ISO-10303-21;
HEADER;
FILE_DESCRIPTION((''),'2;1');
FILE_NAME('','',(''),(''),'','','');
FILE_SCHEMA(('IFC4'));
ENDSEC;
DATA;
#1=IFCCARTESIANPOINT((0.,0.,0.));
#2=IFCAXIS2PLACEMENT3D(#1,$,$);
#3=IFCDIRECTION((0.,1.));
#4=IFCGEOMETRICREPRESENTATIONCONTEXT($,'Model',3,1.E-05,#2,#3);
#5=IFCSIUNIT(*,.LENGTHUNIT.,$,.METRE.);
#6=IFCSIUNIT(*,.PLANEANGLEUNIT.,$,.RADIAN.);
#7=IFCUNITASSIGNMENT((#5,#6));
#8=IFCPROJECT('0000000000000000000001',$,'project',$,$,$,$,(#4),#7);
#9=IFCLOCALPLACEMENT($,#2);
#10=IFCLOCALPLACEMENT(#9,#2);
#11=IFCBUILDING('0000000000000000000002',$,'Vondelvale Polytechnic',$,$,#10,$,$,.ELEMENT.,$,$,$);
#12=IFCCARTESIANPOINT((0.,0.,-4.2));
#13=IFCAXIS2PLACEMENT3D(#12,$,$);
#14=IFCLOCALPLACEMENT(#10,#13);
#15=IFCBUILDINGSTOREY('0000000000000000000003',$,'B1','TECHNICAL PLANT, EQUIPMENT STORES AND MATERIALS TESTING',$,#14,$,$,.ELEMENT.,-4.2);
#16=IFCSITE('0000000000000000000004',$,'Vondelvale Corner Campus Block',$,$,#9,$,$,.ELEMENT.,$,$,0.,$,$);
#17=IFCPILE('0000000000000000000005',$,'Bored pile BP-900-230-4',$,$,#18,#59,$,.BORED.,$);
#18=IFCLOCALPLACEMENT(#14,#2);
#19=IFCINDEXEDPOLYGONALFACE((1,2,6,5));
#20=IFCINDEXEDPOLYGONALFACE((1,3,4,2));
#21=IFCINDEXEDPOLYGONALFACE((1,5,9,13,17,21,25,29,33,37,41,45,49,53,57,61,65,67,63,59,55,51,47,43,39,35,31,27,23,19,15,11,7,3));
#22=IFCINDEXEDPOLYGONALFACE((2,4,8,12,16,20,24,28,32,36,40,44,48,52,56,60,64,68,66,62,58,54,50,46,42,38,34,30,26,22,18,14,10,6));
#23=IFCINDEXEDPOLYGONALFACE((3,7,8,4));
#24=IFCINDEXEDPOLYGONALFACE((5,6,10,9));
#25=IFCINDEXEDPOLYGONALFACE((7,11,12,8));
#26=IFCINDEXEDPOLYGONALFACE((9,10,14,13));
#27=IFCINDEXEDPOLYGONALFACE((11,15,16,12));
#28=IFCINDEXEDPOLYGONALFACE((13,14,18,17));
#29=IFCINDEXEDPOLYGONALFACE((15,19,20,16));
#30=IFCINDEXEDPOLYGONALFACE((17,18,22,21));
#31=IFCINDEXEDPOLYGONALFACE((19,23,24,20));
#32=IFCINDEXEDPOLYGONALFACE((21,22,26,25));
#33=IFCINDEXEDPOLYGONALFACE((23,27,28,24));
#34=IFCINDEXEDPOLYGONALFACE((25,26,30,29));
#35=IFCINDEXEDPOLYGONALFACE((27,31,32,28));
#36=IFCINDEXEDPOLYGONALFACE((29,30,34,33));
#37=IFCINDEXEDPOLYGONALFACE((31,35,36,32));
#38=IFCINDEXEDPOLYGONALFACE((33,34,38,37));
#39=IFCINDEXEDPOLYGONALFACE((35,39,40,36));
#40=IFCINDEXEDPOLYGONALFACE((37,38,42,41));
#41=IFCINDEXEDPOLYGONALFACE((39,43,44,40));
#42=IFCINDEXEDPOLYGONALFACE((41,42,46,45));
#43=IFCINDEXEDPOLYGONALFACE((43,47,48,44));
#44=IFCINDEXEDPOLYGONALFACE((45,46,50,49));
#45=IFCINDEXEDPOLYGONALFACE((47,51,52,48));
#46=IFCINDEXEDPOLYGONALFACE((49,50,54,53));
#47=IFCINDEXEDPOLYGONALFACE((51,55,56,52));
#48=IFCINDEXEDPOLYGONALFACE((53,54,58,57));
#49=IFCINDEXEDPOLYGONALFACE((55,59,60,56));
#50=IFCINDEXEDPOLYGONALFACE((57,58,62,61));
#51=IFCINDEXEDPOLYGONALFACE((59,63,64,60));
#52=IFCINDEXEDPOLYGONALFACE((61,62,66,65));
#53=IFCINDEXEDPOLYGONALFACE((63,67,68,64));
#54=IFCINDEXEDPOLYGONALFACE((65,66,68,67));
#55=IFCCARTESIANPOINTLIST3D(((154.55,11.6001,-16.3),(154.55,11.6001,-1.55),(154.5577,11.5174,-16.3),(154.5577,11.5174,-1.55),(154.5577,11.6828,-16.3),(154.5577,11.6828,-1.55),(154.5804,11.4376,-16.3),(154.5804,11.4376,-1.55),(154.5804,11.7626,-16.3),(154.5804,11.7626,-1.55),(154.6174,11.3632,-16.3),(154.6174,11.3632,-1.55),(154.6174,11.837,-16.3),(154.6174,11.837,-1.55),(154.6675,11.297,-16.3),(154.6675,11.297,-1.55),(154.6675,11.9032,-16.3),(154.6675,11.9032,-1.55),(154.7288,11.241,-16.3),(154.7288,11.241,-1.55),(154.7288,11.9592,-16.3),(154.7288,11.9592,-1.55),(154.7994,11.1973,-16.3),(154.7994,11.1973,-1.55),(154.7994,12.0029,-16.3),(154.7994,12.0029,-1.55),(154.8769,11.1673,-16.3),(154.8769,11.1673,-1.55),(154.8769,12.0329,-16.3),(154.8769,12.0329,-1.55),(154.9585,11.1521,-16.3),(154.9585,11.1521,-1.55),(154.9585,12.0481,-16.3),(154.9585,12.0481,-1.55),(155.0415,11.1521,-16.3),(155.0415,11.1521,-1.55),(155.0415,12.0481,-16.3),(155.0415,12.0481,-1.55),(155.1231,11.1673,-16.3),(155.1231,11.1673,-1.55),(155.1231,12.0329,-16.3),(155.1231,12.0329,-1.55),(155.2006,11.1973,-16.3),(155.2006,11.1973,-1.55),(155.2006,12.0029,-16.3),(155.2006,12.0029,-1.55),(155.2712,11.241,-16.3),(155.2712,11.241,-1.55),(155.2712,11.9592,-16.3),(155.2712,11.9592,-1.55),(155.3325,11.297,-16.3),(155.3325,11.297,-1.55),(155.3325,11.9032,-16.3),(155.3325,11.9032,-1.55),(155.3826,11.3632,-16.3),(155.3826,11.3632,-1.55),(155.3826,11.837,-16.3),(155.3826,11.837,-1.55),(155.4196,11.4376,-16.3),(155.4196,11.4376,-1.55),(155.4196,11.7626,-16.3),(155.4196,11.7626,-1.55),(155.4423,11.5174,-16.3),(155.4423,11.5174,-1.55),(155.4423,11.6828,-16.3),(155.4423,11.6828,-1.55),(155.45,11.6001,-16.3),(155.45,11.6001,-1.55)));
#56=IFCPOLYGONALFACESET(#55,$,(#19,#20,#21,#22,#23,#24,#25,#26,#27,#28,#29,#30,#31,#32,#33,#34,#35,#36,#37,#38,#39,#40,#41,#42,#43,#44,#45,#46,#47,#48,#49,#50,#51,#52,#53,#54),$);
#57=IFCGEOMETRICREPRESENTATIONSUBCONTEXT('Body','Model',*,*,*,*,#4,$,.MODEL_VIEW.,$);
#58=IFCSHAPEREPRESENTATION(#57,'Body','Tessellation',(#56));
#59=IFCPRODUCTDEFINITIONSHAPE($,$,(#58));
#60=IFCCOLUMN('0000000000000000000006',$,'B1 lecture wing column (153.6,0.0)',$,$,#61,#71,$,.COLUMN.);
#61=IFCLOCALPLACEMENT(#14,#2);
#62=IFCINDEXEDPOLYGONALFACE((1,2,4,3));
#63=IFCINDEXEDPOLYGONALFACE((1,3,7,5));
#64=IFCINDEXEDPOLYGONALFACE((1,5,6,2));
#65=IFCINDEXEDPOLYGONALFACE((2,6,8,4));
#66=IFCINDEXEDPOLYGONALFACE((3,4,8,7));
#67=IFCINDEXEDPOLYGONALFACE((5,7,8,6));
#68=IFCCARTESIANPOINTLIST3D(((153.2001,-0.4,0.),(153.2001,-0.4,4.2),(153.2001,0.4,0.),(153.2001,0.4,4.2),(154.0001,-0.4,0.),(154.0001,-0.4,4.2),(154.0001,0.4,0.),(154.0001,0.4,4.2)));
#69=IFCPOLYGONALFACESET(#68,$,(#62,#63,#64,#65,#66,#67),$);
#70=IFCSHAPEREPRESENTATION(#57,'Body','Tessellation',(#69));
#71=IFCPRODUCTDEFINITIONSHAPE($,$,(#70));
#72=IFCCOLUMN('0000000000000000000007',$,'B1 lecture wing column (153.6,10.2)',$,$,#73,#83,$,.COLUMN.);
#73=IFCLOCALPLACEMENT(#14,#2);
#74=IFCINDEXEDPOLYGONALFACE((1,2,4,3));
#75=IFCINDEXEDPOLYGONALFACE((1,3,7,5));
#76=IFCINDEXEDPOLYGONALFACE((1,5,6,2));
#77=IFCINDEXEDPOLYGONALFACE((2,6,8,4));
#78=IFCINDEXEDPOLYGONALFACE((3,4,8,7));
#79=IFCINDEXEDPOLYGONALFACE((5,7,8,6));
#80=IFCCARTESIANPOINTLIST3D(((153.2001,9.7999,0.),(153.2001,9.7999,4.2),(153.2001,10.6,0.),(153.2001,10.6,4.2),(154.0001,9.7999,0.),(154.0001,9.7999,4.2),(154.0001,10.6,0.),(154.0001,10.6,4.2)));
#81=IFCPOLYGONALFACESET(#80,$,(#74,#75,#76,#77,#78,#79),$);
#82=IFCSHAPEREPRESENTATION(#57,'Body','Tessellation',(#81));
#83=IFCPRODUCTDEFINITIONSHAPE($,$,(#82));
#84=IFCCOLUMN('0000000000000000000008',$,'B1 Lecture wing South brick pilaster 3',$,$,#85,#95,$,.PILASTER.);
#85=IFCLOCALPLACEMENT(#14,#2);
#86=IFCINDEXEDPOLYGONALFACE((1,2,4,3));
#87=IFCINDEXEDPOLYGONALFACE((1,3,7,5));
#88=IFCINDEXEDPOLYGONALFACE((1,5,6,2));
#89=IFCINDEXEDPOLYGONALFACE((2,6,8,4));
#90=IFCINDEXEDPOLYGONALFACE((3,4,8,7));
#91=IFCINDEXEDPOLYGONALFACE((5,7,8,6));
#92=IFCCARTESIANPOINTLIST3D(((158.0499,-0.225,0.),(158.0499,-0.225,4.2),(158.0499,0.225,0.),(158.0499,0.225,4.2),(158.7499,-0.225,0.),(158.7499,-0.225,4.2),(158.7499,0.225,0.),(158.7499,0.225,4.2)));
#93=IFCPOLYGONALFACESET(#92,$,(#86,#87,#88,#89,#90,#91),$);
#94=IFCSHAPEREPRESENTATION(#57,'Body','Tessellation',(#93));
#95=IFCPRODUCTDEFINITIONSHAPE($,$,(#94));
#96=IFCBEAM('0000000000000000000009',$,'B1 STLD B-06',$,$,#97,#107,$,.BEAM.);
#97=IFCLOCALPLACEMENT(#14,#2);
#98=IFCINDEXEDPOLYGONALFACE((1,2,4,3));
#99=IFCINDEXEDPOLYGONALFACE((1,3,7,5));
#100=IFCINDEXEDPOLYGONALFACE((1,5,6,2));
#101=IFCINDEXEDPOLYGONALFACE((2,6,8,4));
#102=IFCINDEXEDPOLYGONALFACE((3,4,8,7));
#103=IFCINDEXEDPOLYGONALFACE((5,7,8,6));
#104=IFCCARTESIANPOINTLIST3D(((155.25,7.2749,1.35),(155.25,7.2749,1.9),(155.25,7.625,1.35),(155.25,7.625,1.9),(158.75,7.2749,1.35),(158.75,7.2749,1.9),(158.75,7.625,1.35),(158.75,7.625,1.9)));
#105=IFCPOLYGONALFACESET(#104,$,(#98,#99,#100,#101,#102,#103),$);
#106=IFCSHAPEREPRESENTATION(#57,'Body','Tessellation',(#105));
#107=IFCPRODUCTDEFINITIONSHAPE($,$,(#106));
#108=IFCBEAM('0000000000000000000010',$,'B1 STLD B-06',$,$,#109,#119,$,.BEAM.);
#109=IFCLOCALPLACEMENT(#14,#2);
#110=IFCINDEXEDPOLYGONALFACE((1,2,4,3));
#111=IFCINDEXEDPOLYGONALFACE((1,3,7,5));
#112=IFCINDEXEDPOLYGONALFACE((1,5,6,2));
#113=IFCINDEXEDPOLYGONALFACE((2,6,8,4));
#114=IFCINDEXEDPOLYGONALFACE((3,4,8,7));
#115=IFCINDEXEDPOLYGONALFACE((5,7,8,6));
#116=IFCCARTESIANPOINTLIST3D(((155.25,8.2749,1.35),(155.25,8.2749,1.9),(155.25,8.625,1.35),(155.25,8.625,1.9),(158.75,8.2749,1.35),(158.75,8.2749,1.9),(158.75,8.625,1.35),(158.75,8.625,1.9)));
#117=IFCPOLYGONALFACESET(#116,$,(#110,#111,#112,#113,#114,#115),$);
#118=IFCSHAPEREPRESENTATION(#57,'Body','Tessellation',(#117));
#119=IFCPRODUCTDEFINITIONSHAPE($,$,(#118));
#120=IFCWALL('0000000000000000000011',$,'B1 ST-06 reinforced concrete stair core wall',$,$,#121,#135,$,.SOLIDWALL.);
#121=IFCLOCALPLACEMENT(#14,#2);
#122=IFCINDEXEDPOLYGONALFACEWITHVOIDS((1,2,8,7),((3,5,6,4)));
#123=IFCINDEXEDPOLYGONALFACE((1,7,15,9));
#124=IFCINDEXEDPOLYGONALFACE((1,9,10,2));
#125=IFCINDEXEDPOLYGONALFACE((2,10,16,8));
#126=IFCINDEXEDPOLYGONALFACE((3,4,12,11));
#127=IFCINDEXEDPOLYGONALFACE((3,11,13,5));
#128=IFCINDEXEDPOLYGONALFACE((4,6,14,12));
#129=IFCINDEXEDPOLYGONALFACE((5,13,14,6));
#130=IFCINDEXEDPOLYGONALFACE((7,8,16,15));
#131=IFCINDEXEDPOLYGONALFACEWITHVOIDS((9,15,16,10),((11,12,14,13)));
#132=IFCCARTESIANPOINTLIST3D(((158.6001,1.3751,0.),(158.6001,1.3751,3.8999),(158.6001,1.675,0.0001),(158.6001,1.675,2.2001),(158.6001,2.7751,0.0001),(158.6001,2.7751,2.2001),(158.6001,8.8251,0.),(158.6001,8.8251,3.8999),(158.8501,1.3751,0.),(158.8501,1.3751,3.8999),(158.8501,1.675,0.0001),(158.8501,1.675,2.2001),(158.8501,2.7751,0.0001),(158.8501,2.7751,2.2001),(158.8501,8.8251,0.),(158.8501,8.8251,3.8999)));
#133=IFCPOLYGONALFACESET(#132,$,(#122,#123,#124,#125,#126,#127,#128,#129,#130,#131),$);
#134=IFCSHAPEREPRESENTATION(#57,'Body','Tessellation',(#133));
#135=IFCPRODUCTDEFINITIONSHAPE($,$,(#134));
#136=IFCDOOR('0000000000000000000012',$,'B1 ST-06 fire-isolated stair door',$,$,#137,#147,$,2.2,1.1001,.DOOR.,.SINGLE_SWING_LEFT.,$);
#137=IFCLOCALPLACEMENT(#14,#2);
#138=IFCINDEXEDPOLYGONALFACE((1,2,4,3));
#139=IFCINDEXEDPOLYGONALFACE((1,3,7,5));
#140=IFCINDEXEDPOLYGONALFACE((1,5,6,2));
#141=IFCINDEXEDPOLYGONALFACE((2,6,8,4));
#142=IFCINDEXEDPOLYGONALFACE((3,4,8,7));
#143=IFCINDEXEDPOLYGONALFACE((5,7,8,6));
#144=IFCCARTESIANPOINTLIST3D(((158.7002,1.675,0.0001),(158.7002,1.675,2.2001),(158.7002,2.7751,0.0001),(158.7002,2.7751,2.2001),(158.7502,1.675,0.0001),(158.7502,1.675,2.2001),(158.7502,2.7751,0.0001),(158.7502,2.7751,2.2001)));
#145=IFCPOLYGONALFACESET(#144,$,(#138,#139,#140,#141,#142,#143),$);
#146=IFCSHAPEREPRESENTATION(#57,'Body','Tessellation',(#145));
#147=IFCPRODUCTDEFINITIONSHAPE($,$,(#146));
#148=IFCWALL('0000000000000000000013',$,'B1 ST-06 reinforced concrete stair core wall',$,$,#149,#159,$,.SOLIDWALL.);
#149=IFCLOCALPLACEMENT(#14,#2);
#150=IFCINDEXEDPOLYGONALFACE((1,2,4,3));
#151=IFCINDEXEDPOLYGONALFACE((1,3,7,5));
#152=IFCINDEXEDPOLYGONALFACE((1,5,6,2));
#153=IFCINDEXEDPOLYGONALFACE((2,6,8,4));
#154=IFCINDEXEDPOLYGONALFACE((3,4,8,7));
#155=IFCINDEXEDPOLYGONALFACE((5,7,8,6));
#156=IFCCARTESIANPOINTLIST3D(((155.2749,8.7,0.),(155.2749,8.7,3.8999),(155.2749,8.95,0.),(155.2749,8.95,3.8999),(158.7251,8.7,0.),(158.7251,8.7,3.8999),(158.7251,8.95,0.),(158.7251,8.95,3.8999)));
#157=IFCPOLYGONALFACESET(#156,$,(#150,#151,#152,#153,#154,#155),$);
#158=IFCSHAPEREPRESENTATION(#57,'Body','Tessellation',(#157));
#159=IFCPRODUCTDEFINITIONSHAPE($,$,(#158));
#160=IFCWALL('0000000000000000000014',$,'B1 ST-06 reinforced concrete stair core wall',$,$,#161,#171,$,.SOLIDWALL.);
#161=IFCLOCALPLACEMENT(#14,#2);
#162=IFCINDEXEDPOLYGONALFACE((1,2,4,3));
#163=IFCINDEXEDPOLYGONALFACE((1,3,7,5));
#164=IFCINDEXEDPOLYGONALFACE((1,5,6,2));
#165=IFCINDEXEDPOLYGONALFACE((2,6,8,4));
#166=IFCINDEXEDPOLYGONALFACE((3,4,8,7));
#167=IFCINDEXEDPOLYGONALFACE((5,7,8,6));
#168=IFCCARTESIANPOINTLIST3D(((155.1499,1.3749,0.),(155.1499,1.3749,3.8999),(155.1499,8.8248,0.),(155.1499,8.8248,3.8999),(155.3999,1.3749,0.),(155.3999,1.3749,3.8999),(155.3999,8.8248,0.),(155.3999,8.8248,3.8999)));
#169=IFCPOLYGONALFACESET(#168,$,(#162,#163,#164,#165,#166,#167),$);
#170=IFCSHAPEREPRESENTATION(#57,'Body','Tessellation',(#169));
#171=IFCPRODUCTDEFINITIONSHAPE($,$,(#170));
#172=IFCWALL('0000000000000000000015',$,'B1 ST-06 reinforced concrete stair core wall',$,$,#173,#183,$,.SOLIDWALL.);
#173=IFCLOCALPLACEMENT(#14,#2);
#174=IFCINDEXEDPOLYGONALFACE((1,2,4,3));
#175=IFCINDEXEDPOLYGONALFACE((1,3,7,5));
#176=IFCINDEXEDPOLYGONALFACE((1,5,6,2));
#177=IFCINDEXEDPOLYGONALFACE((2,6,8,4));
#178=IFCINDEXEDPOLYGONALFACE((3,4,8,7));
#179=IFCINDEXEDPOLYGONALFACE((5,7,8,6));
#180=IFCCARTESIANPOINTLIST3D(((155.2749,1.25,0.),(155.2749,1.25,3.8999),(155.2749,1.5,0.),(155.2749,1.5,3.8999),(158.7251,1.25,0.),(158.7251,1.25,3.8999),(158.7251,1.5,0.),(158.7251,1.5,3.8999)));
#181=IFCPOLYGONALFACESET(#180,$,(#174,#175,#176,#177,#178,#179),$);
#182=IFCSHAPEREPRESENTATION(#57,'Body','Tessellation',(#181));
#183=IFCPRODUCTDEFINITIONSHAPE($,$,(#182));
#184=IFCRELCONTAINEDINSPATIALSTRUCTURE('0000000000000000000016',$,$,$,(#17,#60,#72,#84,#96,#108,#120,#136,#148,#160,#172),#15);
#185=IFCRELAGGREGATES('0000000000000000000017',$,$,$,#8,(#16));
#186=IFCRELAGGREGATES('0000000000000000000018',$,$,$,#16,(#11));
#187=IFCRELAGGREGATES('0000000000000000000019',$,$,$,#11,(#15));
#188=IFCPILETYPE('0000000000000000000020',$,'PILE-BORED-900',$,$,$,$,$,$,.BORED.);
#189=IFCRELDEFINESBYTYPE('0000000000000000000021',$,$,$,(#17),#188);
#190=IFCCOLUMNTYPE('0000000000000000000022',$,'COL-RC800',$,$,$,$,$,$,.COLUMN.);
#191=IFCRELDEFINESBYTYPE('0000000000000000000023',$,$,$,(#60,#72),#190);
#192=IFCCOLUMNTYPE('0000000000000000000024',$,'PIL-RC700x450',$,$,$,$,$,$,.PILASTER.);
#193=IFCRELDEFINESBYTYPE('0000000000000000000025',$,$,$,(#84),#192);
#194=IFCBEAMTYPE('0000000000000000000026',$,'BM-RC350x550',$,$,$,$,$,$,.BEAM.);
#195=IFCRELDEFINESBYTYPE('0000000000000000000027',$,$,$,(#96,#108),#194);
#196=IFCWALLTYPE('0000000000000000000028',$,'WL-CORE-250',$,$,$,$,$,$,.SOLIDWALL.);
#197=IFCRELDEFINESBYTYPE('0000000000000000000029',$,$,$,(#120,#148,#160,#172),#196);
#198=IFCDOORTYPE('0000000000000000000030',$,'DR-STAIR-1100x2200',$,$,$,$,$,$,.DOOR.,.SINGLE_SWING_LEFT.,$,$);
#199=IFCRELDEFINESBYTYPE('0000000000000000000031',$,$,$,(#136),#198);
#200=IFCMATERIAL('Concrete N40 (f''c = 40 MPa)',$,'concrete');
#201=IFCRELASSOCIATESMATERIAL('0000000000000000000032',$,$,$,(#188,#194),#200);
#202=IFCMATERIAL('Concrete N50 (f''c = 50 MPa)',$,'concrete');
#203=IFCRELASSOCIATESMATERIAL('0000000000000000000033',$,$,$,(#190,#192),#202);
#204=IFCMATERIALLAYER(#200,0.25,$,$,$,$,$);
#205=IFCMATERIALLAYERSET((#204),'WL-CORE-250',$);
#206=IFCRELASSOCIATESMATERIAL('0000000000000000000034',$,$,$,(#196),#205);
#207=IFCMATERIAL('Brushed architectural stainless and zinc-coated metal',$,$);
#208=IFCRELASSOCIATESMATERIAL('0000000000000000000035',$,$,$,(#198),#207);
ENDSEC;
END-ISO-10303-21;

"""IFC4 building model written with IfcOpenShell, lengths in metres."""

from ifc_helpers import new_model, si_unit, direction, frame, frame_2d, origin, origin_2d, place, context, subcontext, project, spatial, rectangle, circle, extrude, material, layer, layer_set, material_profile, profile_set, type_object, element, fill, save


model = new_model("IFC4")

# Units and contexts
model_context = context("Model", 3, precision=1e-05, world=origin(), true_north=direction((0.0, 1.0)))
body_context = subcontext(model_context, "Body", "Model", "MODEL_VIEW")
ifc_project = project(units=[si_unit("LENGTHUNIT", "METRE"), si_unit("PLANEANGLEUNIT", "RADIAN")], contexts=[model_context])

# Site, building, storey
site_placement = place(None, origin())
site = spatial("IfcSite", under=ifc_project, at=site_placement, Name="Vondelvale Corner Campus Block", CompositionType="ELEMENT", RefElevation=0.0)
building_placement = place(site_placement, origin())
building = spatial("IfcBuilding", under=site, at=building_placement, Name="Vondelvale Polytechnic", CompositionType="ELEMENT")
storey_placement = place(building_placement, frame((0.0, 0.0, -4.2)))
storey = spatial("IfcBuildingStorey", under=building, at=storey_placement, Name="B1", Description="TECHNICAL PLANT, EQUIPMENT STORES AND MATERIALS TESTING", CompositionType="ELEMENT", Elevation=-4.2)

# Shared definitions
ifc_material_1 = material(Name="Concrete N40 (f'c = 40 MPa)", Category="concrete")

# Pile
ifc_material_profile_1 = material_profile(ifc_material_1, circle(Radius=0.45, at=origin_2d()), Name="PILE-D900")
ifc_profile_set_1 = profile_set([ifc_material_profile_1], Name="Concrete N40 (f'c = 40 MPa)")
pile_type = type_object("IfcPileType", Name="PILE-BORED-900", PredefinedType="BORED", material=ifc_profile_set_1)
for number, where, z_axis, x_axis, name in (
    (1, (155.0, 11.6001, -1.55), (0.0, 0.0, -1.0), (1.0, 0.0, 0.0), "Bored pile BP-900-230-4"),
):
    element("IfcPile", number, at=place(storey_placement, frame(where, z_axis=z_axis, x_axis=x_axis)), inside=storey, type_object=pile_type, Name=name, PredefinedType="BORED", context=body_context, shape_type="SweptSolid", body=[
        extrude(circle(Radius=0.45, at=origin_2d()), origin(), (0.0, 0.0, 1.0), 14.75),
    ])

# Columns
ifc_material_2 = material(Name="Concrete N50 (f'c = 50 MPa)", Category="concrete")
ifc_material_profile_2 = material_profile(ifc_material_2, rectangle(XDim=0.8, YDim=0.8, at=origin_2d()), Name="RC-COL-800x800")
ifc_profile_set_2 = profile_set([ifc_material_profile_2], Name="Concrete N50 (f'c = 50 MPa)")
column_type_1 = type_object("IfcColumnType", Name="COL-RC800", PredefinedType="COLUMN", material=ifc_profile_set_2)
for number, where, z_axis, x_axis, name in (
    (2, (153.6001, 0.0, 0.0), (0.0, 0.0, 1.0), (1.0, 0.0, 0.0), "B1 lecture wing column (153.6,0.0)"),
    (3, (153.6001, 10.2, 0.0), (0.0, 0.0, 1.0), (1.0, 0.0, 0.0), "B1 lecture wing column (153.6,10.2)"),
):
    element("IfcColumn", number, at=place(storey_placement, frame(where, z_axis=z_axis, x_axis=x_axis)), inside=storey, type_object=column_type_1, Name=name, PredefinedType="COLUMN", context=body_context, shape_type="SweptSolid", body=[
        extrude(rectangle(XDim=0.8, YDim=0.8, at=origin_2d()), origin(), (0.0, 0.0, 1.0), 4.2),
    ])
ifc_material_profile_3 = material_profile(ifc_material_2, rectangle(XDim=0.45, YDim=0.7, at=origin_2d()), Name="RC-PIL-700x450")
ifc_profile_set_3 = profile_set([ifc_material_profile_3], Name="Concrete N50 (f'c = 50 MPa)")
column_type_2 = type_object("IfcColumnType", Name="PIL-RC700x450", PredefinedType="PILASTER", material=ifc_profile_set_3)
column_placement = place(storey_placement, frame((158.3999, 0.0, 0.0), z_axis=(0.0, 0.0, 1.0), x_axis=(0.0, 1.0, 0.0)))
element("IfcColumn", 4, at=column_placement, inside=storey, type_object=column_type_2, Name="B1 Lecture wing South brick pilaster 3", PredefinedType="PILASTER", context=body_context, shape_type="SweptSolid", body=[
    extrude(rectangle(XDim=0.45, YDim=0.7, at=origin_2d()), origin(), (0.0, 0.0, 1.0), 4.2),
])

# Beams
ifc_material_profile_4 = material_profile(ifc_material_1, rectangle(XDim=0.3501, YDim=0.55, at=origin_2d()), Name="RC-BM-350x550")
ifc_profile_set_4 = profile_set([ifc_material_profile_4], Name="Concrete N40 (f'c = 40 MPa)")
beam_type = type_object("IfcBeamType", Name="BM-RC350x550", PredefinedType="BEAM", material=ifc_profile_set_4)
for number, where, z_axis, x_axis, name in (
    (5, (158.75, 7.45, 1.625), (-1.0, 0.0, 0.0), (0.0, -1.0, 0.0), "B1 STLD B-06"),
    (6, (158.75, 8.45, 1.625), (-1.0, 0.0, 0.0), (0.0, -1.0, 0.0), "B1 STLD B-06"),
):
    element("IfcBeam", number, at=place(storey_placement, frame(where, z_axis=z_axis, x_axis=x_axis)), inside=storey, type_object=beam_type, Name=name, PredefinedType="BEAM", context=body_context, shape_type="SweptSolid", body=[
        extrude(rectangle(XDim=0.3501, YDim=0.55, at=origin_2d()), origin(), (0.0, 0.0, 1.0), 3.5),
    ])

# Wall, opening, door
ifc_layer_1 = layer(ifc_material_1, 0.25)
ifc_layer_set_1 = layer_set([ifc_layer_1], Name="WL-CORE-250")
wall_type_1 = type_object("IfcWallType", Name="WL-CORE-250", PredefinedType="SOLIDWALL", material=ifc_layer_set_1)
wall_1_placement = place(storey_placement, frame((158.7251, 1.375, 0.0), z_axis=(0.0, 0.0, 1.0), x_axis=(0.0, 1.0, 0.0)))
wall_1 = element("IfcWall", 7, at=wall_1_placement, inside=storey, type_object=wall_type_1, Name="B1 ST-06 reinforced concrete stair core wall", PredefinedType="SOLIDWALL", context=body_context, shape_type="SweptSolid", body=[
    extrude(rectangle(XDim=7.45, YDim=0.25, at=frame_2d((3.7251, 0.0))), origin(), (0.0, 0.0, 1.0), 3.8999),
])
opening_1_placement = place(wall_1_placement, frame((0.3, 0.0, 0.0)))
opening_1 = element("IfcOpeningElement", 8, at=opening_1_placement, cuts=wall_1, PredefinedType="OPENING", context=body_context, shape_type="SweptSolid", body=[
    extrude(rectangle(XDim=1.1001, YDim=2.2, at=frame_2d((0.55, 1.1001))), frame((0.0, 0.135, 0.0), z_axis=(0.0, -1.0, 0.0), x_axis=(1.0, 0.0, 0.0)), (0.0, 0.0, 1.0), 0.27),
])
ifc_material_3 = material(Name="Brushed architectural stainless and zinc-coated metal")
door_type_1 = type_object("IfcDoorType", Name="DR-STAIR-1100x2200", OperationType="SINGLE_SWING_LEFT", PredefinedType="DOOR", material=ifc_material_3)
door_1_placement = place(opening_1_placement, origin())
door_1 = element("IfcDoor", 9, at=door_1_placement, inside=storey, type_object=door_type_1, Name="B1 ST-06 fire-isolated stair door", OperationType="SINGLE_SWING_LEFT", OverallHeight=2.2, OverallWidth=1.1001, PredefinedType="DOOR", context=body_context, shape_type="SweptSolid", body=[
    extrude(rectangle(XDim=1.1001, YDim=2.2, at=frame_2d((0.55, 1.1001))), frame((0.0, 0.0249, 0.0), z_axis=(0.0, -1.0, 0.0), x_axis=(1.0, 0.0, 0.0)), (0.0, 0.0, 1.0), 0.05),
])
fill(opening_1, door_1)

# Walls
wall_2_placement = place(storey_placement, frame((158.7251, 8.825, 0.0), z_axis=(0.0, 0.0, 1.0), x_axis=(-1.0, 0.0, 0.0)))
element("IfcWall", 10, at=wall_2_placement, inside=storey, type_object=wall_type_1, Name="B1 ST-06 reinforced concrete stair core wall", PredefinedType="SOLIDWALL", context=body_context, shape_type="SweptSolid", body=[
    extrude(rectangle(XDim=3.4502, YDim=0.25, at=frame_2d((1.7251, 0.0))), origin(), (0.0, 0.0, 1.0), 3.8999),
])
wall_3_placement = place(storey_placement, frame((155.2749, 8.825, 0.0), z_axis=(0.0, 0.0, 1.0), x_axis=(0.0, -1.0, 0.0)))
element("IfcWall", 11, at=wall_3_placement, inside=storey, type_object=wall_type_1, Name="B1 ST-06 reinforced concrete stair core wall", PredefinedType="SOLIDWALL", context=body_context, shape_type="SweptSolid", body=[
    extrude(rectangle(XDim=7.45, YDim=0.25, at=frame_2d((3.7251, 0.0))), origin(), (0.0, 0.0, 1.0), 3.8999),
])
wall_4_placement = place(storey_placement, frame((155.2749, 1.375, 0.0), z_axis=(0.0, 0.0, 1.0), x_axis=(1.0, 0.0, 0.0)))
element("IfcWall", 12, at=wall_4_placement, inside=storey, type_object=wall_type_1, Name="B1 ST-06 reinforced concrete stair core wall", PredefinedType="SOLIDWALL", context=body_context, shape_type="SweptSolid", body=[
    extrude(rectangle(XDim=3.4502, YDim=0.25, at=frame_2d((1.7251, 0.0))), origin(), (0.0, 0.0, 1.0), 3.8999),
])

save(model, "model.ifc")
